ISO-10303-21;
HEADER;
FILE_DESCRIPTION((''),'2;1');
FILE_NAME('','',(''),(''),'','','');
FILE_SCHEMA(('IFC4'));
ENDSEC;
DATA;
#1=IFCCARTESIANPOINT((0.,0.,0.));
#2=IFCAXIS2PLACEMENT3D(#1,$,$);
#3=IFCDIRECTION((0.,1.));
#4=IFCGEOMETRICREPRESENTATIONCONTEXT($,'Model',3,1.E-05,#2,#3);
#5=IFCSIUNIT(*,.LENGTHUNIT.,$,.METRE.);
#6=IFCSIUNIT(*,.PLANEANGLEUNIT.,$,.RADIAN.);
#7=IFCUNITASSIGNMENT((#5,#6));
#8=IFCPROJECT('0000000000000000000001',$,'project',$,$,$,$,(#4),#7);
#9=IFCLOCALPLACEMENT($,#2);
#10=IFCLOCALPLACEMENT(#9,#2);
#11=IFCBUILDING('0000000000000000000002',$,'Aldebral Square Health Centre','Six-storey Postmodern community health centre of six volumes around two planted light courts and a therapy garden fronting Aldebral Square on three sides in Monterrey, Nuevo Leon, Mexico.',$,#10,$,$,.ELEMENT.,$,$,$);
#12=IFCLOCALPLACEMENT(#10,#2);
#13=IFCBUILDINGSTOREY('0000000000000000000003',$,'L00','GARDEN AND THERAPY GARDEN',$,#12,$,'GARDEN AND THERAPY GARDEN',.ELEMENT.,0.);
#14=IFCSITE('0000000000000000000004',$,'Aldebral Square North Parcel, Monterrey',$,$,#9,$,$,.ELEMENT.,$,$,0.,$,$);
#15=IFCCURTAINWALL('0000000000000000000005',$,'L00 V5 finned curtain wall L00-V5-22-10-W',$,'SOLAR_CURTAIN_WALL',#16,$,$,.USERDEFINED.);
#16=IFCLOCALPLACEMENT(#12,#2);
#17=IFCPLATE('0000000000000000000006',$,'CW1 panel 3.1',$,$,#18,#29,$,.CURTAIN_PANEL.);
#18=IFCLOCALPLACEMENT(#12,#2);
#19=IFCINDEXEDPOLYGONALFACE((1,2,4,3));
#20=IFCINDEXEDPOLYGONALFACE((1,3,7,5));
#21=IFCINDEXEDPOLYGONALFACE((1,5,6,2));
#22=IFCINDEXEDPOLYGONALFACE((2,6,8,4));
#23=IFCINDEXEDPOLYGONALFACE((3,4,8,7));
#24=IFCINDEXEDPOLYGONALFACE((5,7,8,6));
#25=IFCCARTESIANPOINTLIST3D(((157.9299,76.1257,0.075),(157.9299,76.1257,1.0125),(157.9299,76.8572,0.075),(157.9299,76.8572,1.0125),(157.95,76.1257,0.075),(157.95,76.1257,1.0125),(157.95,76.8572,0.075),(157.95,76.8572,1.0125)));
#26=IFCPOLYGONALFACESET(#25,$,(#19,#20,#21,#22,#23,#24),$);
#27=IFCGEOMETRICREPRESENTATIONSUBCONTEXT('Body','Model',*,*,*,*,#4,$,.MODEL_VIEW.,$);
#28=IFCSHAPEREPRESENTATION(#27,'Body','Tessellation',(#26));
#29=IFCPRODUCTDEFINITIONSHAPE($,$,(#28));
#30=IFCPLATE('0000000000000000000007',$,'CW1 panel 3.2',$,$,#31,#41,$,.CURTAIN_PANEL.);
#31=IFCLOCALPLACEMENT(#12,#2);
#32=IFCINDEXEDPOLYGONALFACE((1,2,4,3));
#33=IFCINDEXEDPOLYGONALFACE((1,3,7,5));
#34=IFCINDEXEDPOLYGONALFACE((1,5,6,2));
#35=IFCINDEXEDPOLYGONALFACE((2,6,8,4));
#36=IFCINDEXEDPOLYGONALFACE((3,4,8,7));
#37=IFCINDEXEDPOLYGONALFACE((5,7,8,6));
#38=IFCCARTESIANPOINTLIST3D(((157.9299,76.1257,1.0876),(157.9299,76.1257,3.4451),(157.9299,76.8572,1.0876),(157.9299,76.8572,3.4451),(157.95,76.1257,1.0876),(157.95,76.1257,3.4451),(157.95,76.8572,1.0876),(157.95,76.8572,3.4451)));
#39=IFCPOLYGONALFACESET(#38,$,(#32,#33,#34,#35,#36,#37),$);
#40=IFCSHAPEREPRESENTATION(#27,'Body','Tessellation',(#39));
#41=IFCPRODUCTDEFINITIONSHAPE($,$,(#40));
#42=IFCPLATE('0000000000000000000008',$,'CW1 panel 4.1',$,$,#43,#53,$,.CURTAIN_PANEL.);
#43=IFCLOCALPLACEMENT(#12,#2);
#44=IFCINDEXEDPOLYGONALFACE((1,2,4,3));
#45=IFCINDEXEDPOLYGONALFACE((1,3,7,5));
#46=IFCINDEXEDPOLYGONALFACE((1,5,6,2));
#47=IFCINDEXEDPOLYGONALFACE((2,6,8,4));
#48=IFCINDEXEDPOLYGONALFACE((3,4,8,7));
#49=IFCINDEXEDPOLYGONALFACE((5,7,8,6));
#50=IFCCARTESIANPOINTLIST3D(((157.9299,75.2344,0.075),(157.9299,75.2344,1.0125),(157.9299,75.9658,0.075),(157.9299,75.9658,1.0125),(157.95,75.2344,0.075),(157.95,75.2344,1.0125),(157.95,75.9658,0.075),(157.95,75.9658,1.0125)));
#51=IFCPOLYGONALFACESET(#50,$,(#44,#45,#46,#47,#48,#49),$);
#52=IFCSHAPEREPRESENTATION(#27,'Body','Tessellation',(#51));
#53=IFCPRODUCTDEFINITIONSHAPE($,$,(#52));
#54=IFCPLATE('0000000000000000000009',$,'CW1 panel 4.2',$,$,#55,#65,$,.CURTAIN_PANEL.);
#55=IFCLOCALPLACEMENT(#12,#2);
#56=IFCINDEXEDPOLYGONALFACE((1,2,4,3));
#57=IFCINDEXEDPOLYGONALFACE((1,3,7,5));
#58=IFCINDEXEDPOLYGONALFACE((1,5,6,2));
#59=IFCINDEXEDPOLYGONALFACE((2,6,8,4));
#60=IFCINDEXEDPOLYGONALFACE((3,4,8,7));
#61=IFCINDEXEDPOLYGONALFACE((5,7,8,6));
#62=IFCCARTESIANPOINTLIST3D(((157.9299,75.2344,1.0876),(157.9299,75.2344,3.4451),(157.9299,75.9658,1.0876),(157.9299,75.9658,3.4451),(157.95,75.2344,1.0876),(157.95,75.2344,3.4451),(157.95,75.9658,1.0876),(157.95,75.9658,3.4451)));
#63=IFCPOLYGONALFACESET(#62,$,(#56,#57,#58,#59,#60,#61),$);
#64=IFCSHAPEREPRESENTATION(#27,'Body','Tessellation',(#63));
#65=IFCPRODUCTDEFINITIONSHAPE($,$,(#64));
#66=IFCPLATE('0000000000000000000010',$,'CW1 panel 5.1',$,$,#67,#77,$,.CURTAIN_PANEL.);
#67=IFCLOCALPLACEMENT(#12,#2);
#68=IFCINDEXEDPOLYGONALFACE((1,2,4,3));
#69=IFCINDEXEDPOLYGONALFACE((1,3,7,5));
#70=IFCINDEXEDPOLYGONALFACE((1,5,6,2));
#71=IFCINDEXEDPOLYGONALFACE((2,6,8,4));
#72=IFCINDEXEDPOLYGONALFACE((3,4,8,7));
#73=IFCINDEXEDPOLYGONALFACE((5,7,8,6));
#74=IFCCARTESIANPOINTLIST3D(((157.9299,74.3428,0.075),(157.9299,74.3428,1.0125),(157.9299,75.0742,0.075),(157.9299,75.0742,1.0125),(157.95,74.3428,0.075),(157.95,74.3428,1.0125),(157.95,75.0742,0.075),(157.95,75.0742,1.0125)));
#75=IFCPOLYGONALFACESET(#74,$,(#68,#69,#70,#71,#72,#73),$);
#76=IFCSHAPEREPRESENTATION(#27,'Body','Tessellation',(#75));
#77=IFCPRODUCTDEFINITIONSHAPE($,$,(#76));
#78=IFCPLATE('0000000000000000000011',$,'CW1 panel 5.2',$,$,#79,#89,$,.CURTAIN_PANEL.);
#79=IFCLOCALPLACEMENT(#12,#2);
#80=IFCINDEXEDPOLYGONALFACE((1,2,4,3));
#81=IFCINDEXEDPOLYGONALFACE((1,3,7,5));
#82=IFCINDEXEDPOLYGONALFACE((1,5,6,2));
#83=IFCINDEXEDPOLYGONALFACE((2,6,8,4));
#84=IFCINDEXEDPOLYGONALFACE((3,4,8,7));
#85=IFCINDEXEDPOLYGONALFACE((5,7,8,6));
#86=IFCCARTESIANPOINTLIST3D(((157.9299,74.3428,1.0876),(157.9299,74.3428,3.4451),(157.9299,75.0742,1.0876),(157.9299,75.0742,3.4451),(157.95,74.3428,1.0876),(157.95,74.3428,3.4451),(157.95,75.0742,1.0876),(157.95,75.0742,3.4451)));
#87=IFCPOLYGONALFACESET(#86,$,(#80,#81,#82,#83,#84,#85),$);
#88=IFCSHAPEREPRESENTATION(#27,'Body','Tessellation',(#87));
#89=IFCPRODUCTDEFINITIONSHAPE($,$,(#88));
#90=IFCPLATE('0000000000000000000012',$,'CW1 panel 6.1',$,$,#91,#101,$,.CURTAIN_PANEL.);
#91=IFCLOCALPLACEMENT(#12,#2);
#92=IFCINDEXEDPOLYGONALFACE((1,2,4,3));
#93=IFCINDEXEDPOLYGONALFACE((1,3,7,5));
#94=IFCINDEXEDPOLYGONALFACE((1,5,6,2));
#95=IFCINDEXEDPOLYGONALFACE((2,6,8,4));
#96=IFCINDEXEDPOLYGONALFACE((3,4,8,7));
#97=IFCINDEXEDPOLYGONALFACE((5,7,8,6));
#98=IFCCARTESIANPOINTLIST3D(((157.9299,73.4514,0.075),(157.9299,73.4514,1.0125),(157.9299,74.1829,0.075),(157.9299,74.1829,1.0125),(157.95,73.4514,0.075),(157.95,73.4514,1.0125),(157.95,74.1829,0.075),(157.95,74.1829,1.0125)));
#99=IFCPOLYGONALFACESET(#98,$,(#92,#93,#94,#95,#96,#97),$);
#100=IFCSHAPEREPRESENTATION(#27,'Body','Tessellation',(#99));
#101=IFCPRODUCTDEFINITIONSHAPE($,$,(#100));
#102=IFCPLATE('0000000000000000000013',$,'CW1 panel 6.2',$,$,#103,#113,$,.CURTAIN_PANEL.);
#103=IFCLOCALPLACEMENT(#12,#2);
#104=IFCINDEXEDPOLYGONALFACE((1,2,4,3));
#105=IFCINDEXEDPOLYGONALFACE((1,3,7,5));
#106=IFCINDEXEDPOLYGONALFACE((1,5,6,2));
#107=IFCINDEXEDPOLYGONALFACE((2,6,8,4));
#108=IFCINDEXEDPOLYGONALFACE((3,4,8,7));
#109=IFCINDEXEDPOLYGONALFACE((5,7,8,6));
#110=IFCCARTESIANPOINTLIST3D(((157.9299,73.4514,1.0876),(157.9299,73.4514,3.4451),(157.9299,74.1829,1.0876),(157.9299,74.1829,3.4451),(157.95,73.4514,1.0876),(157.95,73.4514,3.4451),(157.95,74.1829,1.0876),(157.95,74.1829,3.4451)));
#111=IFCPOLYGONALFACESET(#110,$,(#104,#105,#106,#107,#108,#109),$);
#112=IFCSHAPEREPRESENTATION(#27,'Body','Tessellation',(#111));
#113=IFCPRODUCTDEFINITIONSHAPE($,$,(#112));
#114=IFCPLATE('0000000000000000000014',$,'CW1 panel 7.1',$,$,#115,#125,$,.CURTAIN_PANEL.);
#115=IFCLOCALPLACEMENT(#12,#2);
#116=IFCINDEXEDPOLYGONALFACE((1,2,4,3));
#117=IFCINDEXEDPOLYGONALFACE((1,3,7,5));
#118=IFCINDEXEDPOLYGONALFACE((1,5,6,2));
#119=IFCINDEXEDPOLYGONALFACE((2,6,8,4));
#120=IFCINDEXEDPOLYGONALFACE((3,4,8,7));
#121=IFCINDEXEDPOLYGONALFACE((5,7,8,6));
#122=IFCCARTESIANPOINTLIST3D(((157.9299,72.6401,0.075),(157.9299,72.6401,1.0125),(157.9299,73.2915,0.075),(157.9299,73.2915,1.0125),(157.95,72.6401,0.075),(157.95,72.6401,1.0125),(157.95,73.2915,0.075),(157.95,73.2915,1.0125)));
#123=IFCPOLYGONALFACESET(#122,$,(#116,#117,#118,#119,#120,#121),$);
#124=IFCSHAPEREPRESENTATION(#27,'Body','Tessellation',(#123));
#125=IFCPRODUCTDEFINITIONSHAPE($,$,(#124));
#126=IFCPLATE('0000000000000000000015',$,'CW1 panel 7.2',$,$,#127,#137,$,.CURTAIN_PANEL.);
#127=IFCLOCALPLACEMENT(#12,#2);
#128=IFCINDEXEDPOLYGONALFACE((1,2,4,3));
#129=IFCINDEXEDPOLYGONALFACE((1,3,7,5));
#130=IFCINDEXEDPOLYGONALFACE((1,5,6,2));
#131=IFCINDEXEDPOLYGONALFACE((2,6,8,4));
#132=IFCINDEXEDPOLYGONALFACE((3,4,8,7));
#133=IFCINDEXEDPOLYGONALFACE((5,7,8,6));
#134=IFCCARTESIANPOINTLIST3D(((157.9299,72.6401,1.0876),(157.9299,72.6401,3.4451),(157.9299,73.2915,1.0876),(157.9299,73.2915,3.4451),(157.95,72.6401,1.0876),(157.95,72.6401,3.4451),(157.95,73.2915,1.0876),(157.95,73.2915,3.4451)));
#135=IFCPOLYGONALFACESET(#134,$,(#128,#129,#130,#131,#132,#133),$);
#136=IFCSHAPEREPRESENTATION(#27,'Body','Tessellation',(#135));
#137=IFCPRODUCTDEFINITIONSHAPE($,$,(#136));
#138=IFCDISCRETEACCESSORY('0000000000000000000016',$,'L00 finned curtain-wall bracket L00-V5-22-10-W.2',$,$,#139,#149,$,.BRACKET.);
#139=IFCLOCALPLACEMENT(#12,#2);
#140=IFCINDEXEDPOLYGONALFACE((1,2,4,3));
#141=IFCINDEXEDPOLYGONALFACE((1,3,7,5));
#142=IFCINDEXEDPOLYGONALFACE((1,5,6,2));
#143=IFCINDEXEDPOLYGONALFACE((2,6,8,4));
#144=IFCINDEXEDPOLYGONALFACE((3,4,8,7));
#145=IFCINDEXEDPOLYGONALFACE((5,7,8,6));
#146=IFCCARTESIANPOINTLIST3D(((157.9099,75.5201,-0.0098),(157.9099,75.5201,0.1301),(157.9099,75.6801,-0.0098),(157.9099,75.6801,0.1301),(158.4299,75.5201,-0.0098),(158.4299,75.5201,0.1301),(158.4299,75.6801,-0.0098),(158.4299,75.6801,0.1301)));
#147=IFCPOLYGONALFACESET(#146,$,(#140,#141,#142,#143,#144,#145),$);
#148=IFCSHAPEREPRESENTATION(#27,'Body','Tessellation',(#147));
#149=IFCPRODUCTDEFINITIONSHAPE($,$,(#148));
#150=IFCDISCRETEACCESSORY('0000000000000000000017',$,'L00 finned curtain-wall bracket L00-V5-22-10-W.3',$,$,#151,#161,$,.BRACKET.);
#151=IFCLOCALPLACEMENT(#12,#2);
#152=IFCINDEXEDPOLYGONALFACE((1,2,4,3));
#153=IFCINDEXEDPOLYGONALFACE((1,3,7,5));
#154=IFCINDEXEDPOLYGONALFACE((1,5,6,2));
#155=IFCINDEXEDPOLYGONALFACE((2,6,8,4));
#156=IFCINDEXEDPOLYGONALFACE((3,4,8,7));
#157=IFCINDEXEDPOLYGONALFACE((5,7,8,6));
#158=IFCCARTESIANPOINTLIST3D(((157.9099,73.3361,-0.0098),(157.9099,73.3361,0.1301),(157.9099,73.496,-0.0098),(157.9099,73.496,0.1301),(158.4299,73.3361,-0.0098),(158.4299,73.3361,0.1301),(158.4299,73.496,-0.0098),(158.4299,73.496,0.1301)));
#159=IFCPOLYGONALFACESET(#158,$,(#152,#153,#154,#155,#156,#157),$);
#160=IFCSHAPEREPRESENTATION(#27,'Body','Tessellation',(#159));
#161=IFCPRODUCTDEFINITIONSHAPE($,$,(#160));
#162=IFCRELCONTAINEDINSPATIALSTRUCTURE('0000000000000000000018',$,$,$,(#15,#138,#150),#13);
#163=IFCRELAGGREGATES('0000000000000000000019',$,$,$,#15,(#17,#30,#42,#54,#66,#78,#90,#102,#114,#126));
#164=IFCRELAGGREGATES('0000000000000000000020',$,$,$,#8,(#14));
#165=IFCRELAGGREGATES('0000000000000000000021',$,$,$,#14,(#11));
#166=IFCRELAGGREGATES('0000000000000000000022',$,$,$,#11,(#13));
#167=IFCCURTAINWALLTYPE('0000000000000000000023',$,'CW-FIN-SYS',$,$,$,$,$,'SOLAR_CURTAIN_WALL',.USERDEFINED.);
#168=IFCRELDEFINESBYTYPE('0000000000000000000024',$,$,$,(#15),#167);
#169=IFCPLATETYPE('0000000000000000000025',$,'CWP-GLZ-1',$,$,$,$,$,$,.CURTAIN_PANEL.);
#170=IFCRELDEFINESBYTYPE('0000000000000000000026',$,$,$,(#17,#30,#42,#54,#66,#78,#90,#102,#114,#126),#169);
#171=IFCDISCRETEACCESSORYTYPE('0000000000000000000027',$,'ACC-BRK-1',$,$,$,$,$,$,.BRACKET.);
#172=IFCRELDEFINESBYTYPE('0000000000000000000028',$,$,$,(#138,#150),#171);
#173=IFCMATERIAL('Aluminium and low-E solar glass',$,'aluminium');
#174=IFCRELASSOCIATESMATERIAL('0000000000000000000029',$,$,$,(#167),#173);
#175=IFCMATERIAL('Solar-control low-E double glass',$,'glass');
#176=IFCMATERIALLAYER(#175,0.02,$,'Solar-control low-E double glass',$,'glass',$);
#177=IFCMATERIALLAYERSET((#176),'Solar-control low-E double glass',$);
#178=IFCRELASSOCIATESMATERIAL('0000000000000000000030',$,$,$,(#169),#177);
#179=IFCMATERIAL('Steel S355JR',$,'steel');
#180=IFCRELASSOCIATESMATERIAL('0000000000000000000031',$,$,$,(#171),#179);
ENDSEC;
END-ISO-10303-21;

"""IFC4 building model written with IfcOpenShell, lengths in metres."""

from ifc_helpers import new_model, si_unit, direction, frame, origin, origin_2d, place, context, subcontext, project, spatial, rectangle, extrude, material, layer, layer_set, type_object, element, aggregate, save


model = new_model("IFC4")

# Units and contexts
model_context = context("Model", 3, precision=1e-05, world=origin(), true_north=direction((0.0, 1.0)))
body_context = subcontext(model_context, "Body", "Model", "MODEL_VIEW")
ifc_project = project(units=[si_unit("LENGTHUNIT", "METRE"), si_unit("PLANEANGLEUNIT", "RADIAN")], contexts=[model_context])

# Site, building, storey
site_placement = place(None, origin())
site = spatial("IfcSite", under=ifc_project, at=site_placement, Name="Aldebral Square North Parcel, Monterrey", CompositionType="ELEMENT", RefElevation=0.0)
building_placement = place(site_placement, origin())
building = spatial("IfcBuilding", under=site, at=building_placement, Name="Aldebral Square Health Centre", Description="Six-storey Postmodern community health centre of six volumes around two planted light courts and a therapy garden fronting Aldebral Square on three sides in Monterrey, Nuevo Leon, Mexico.", CompositionType="ELEMENT")
storey_placement = place(building_placement, origin())
storey = spatial("IfcBuildingStorey", under=building, at=storey_placement, Name="L00", Description="GARDEN AND THERAPY GARDEN", LongName="GARDEN AND THERAPY GARDEN", CompositionType="ELEMENT", Elevation=0.0)

# Curtain wall, plates
ifc_material_1 = material(Name="Aluminium and low-E solar glass", Category="aluminium")
curtain_wall_type = type_object("IfcCurtainWallType", Name="CW-FIN-SYS", ElementType="SOLAR_CURTAIN_WALL", PredefinedType="USERDEFINED", material=ifc_material_1)
curtain_wall_placement = place(storey_placement, origin())
curtain_wall = element("IfcCurtainWall", 1, at=curtain_wall_placement, inside=storey, type_object=curtain_wall_type, Name="L00 V5 finned curtain wall L00-V5-22-10-W", ObjectType="SOLAR_CURTAIN_WALL", PredefinedType="USERDEFINED")
ifc_material_2 = material(Name="Solar-control low-E double glass", Category="glass")
ifc_layer = layer(ifc_material_2, 0.02, Name="Solar-control low-E double glass", Category="glass")
ifc_layer_set = layer_set([ifc_layer], Name="Solar-control low-E double glass")
plate_type = type_object("IfcPlateType", Name="CWP-GLZ-1", PredefinedType="CURTAIN_PANEL", material=ifc_layer_set)
plate_1_placement = place(storey_placement, frame((157.9399, 76.4915, 0.075), z_axis=(0.0, 0.0, 1.0), x_axis=(0.0, -1.0, 0.0)))
plate_1 = element("IfcPlate", 2, at=plate_1_placement, type_object=plate_type, Name="CW1 panel 3.1", PredefinedType="CURTAIN_PANEL", context=body_context, shape_type="SweptSolid", body=[
    extrude(rectangle(XDim=0.7314, YDim=0.02, at=origin_2d()), origin(), (0.0, 0.0, 1.0), 0.9375),
])
plate_2_placement = place(storey_placement, frame((157.9399, 76.4915, 1.0876), z_axis=(0.0, 0.0, 1.0), x_axis=(0.0, -1.0, 0.0)))
plate_2 = element("IfcPlate", 3, at=plate_2_placement, type_object=plate_type, Name="CW1 panel 3.2", PredefinedType="CURTAIN_PANEL", context=body_context, shape_type="SweptSolid", body=[
    extrude(rectangle(XDim=0.7314, YDim=0.02, at=origin_2d()), origin(), (0.0, 0.0, 1.0), 2.3574),
])
plate_3_placement = place(storey_placement, frame((157.9399, 75.6001, 0.075), z_axis=(0.0, 0.0, 1.0), x_axis=(0.0, -1.0, 0.0)))
plate_3 = element("IfcPlate", 4, at=plate_3_placement, type_object=plate_type, Name="CW1 panel 4.1", PredefinedType="CURTAIN_PANEL", context=body_context, shape_type="SweptSolid", body=[
    extrude(rectangle(XDim=0.7314, YDim=0.02, at=origin_2d()), origin(), (0.0, 0.0, 1.0), 0.9375),
])
plate_4_placement = place(storey_placement, frame((157.9399, 75.6001, 1.0876), z_axis=(0.0, 0.0, 1.0), x_axis=(0.0, -1.0, 0.0)))
plate_4 = element("IfcPlate", 5, at=plate_4_placement, type_object=plate_type, Name="CW1 panel 4.2", PredefinedType="CURTAIN_PANEL", context=body_context, shape_type="SweptSolid", body=[
    extrude(rectangle(XDim=0.7314, YDim=0.02, at=origin_2d()), origin(), (0.0, 0.0, 1.0), 2.3574),
])
plate_5_placement = place(storey_placement, frame((157.9399, 74.7085, 0.075), z_axis=(0.0, 0.0, 1.0), x_axis=(0.0, -1.0, 0.0)))
plate_5 = element("IfcPlate", 6, at=plate_5_placement, type_object=plate_type, Name="CW1 panel 5.1", PredefinedType="CURTAIN_PANEL", context=body_context, shape_type="SweptSolid", body=[
    extrude(rectangle(XDim=0.7314, YDim=0.02, at=origin_2d()), origin(), (0.0, 0.0, 1.0), 0.9375),
])
plate_6_placement = place(storey_placement, frame((157.9399, 74.7085, 1.0876), z_axis=(0.0, 0.0, 1.0), x_axis=(0.0, -1.0, 0.0)))
plate_6 = element("IfcPlate", 7, at=plate_6_placement, type_object=plate_type, Name="CW1 panel 5.2", PredefinedType="CURTAIN_PANEL", context=body_context, shape_type="SweptSolid", body=[
    extrude(rectangle(XDim=0.7314, YDim=0.02, at=origin_2d()), origin(), (0.0, 0.0, 1.0), 2.3574),
])
plate_7_placement = place(storey_placement, frame((157.9399, 73.8171, 0.075), z_axis=(0.0, 0.0, 1.0), x_axis=(0.0, -1.0, 0.0)))
plate_7 = element("IfcPlate", 8, at=plate_7_placement, type_object=plate_type, Name="CW1 panel 6.1", PredefinedType="CURTAIN_PANEL", context=body_context, shape_type="SweptSolid", body=[
    extrude(rectangle(XDim=0.7314, YDim=0.02, at=origin_2d()), origin(), (0.0, 0.0, 1.0), 0.9375),
])
plate_8_placement = place(storey_placement, frame((157.9399, 73.8171, 1.0876), z_axis=(0.0, 0.0, 1.0), x_axis=(0.0, -1.0, 0.0)))
plate_8 = element("IfcPlate", 9, at=plate_8_placement, type_object=plate_type, Name="CW1 panel 6.2", PredefinedType="CURTAIN_PANEL", context=body_context, shape_type="SweptSolid", body=[
    extrude(rectangle(XDim=0.7314, YDim=0.02, at=origin_2d()), origin(), (0.0, 0.0, 1.0), 2.3574),
])
plate_9_placement = place(storey_placement, frame((157.9399, 72.9658, 0.075), z_axis=(0.0, 0.0, 1.0), x_axis=(0.0, -1.0, 0.0)))
plate_9 = element("IfcPlate", 10, at=plate_9_placement, type_object=plate_type, Name="CW1 panel 7.1", PredefinedType="CURTAIN_PANEL", context=body_context, shape_type="SweptSolid", body=[
    extrude(rectangle(XDim=0.6514, YDim=0.02, at=origin_2d()), origin(), (0.0, 0.0, 1.0), 0.9375),
])
plate_10_placement = place(storey_placement, frame((157.9399, 72.9658, 1.0876), z_axis=(0.0, 0.0, 1.0), x_axis=(0.0, -1.0, 0.0)))
plate_10 = element("IfcPlate", 11, at=plate_10_placement, type_object=plate_type, Name="CW1 panel 7.2", PredefinedType="CURTAIN_PANEL", context=body_context, shape_type="SweptSolid", body=[
    extrude(rectangle(XDim=0.6514, YDim=0.02, at=origin_2d()), origin(), (0.0, 0.0, 1.0), 2.3574),
])
aggregate(curtain_wall, [plate_1, plate_2, plate_3, plate_4, plate_5, plate_6, plate_7, plate_8, plate_9, plate_10])

# Discrete accessories
ifc_material_3 = material(Name="Steel S355JR", Category="steel")
discrete_accessory_type = type_object("IfcDiscreteAccessoryType", Name="ACC-BRK-1", PredefinedType="BRACKET", material=ifc_material_3)
for number, where, z_axis, x_axis, name in (
    (12, (158.1699, 75.6001, -0.0098), (0.0, 0.0, 1.0), (0.0, 1.0, 0.0), "L00 finned curtain-wall bracket L00-V5-22-10-W.2"),
    (13, (158.1699, 73.416, -0.0098), (0.0, 0.0, 1.0), (0.0, 1.0, 0.0), "L00 finned curtain-wall bracket L00-V5-22-10-W.3"),
):
    element("IfcDiscreteAccessory", number, at=place(storey_placement, frame(where, z_axis=z_axis, x_axis=x_axis)), inside=storey, type_object=discrete_accessory_type, Name=name, PredefinedType="BRACKET", context=body_context, shape_type="SweptSolid", body=[
        extrude(rectangle(XDim=0.1599, YDim=0.52, at=origin_2d()), origin(), (0.0, 0.0, 1.0), 0.1399),
    ])

save(model, "model.ifc")
